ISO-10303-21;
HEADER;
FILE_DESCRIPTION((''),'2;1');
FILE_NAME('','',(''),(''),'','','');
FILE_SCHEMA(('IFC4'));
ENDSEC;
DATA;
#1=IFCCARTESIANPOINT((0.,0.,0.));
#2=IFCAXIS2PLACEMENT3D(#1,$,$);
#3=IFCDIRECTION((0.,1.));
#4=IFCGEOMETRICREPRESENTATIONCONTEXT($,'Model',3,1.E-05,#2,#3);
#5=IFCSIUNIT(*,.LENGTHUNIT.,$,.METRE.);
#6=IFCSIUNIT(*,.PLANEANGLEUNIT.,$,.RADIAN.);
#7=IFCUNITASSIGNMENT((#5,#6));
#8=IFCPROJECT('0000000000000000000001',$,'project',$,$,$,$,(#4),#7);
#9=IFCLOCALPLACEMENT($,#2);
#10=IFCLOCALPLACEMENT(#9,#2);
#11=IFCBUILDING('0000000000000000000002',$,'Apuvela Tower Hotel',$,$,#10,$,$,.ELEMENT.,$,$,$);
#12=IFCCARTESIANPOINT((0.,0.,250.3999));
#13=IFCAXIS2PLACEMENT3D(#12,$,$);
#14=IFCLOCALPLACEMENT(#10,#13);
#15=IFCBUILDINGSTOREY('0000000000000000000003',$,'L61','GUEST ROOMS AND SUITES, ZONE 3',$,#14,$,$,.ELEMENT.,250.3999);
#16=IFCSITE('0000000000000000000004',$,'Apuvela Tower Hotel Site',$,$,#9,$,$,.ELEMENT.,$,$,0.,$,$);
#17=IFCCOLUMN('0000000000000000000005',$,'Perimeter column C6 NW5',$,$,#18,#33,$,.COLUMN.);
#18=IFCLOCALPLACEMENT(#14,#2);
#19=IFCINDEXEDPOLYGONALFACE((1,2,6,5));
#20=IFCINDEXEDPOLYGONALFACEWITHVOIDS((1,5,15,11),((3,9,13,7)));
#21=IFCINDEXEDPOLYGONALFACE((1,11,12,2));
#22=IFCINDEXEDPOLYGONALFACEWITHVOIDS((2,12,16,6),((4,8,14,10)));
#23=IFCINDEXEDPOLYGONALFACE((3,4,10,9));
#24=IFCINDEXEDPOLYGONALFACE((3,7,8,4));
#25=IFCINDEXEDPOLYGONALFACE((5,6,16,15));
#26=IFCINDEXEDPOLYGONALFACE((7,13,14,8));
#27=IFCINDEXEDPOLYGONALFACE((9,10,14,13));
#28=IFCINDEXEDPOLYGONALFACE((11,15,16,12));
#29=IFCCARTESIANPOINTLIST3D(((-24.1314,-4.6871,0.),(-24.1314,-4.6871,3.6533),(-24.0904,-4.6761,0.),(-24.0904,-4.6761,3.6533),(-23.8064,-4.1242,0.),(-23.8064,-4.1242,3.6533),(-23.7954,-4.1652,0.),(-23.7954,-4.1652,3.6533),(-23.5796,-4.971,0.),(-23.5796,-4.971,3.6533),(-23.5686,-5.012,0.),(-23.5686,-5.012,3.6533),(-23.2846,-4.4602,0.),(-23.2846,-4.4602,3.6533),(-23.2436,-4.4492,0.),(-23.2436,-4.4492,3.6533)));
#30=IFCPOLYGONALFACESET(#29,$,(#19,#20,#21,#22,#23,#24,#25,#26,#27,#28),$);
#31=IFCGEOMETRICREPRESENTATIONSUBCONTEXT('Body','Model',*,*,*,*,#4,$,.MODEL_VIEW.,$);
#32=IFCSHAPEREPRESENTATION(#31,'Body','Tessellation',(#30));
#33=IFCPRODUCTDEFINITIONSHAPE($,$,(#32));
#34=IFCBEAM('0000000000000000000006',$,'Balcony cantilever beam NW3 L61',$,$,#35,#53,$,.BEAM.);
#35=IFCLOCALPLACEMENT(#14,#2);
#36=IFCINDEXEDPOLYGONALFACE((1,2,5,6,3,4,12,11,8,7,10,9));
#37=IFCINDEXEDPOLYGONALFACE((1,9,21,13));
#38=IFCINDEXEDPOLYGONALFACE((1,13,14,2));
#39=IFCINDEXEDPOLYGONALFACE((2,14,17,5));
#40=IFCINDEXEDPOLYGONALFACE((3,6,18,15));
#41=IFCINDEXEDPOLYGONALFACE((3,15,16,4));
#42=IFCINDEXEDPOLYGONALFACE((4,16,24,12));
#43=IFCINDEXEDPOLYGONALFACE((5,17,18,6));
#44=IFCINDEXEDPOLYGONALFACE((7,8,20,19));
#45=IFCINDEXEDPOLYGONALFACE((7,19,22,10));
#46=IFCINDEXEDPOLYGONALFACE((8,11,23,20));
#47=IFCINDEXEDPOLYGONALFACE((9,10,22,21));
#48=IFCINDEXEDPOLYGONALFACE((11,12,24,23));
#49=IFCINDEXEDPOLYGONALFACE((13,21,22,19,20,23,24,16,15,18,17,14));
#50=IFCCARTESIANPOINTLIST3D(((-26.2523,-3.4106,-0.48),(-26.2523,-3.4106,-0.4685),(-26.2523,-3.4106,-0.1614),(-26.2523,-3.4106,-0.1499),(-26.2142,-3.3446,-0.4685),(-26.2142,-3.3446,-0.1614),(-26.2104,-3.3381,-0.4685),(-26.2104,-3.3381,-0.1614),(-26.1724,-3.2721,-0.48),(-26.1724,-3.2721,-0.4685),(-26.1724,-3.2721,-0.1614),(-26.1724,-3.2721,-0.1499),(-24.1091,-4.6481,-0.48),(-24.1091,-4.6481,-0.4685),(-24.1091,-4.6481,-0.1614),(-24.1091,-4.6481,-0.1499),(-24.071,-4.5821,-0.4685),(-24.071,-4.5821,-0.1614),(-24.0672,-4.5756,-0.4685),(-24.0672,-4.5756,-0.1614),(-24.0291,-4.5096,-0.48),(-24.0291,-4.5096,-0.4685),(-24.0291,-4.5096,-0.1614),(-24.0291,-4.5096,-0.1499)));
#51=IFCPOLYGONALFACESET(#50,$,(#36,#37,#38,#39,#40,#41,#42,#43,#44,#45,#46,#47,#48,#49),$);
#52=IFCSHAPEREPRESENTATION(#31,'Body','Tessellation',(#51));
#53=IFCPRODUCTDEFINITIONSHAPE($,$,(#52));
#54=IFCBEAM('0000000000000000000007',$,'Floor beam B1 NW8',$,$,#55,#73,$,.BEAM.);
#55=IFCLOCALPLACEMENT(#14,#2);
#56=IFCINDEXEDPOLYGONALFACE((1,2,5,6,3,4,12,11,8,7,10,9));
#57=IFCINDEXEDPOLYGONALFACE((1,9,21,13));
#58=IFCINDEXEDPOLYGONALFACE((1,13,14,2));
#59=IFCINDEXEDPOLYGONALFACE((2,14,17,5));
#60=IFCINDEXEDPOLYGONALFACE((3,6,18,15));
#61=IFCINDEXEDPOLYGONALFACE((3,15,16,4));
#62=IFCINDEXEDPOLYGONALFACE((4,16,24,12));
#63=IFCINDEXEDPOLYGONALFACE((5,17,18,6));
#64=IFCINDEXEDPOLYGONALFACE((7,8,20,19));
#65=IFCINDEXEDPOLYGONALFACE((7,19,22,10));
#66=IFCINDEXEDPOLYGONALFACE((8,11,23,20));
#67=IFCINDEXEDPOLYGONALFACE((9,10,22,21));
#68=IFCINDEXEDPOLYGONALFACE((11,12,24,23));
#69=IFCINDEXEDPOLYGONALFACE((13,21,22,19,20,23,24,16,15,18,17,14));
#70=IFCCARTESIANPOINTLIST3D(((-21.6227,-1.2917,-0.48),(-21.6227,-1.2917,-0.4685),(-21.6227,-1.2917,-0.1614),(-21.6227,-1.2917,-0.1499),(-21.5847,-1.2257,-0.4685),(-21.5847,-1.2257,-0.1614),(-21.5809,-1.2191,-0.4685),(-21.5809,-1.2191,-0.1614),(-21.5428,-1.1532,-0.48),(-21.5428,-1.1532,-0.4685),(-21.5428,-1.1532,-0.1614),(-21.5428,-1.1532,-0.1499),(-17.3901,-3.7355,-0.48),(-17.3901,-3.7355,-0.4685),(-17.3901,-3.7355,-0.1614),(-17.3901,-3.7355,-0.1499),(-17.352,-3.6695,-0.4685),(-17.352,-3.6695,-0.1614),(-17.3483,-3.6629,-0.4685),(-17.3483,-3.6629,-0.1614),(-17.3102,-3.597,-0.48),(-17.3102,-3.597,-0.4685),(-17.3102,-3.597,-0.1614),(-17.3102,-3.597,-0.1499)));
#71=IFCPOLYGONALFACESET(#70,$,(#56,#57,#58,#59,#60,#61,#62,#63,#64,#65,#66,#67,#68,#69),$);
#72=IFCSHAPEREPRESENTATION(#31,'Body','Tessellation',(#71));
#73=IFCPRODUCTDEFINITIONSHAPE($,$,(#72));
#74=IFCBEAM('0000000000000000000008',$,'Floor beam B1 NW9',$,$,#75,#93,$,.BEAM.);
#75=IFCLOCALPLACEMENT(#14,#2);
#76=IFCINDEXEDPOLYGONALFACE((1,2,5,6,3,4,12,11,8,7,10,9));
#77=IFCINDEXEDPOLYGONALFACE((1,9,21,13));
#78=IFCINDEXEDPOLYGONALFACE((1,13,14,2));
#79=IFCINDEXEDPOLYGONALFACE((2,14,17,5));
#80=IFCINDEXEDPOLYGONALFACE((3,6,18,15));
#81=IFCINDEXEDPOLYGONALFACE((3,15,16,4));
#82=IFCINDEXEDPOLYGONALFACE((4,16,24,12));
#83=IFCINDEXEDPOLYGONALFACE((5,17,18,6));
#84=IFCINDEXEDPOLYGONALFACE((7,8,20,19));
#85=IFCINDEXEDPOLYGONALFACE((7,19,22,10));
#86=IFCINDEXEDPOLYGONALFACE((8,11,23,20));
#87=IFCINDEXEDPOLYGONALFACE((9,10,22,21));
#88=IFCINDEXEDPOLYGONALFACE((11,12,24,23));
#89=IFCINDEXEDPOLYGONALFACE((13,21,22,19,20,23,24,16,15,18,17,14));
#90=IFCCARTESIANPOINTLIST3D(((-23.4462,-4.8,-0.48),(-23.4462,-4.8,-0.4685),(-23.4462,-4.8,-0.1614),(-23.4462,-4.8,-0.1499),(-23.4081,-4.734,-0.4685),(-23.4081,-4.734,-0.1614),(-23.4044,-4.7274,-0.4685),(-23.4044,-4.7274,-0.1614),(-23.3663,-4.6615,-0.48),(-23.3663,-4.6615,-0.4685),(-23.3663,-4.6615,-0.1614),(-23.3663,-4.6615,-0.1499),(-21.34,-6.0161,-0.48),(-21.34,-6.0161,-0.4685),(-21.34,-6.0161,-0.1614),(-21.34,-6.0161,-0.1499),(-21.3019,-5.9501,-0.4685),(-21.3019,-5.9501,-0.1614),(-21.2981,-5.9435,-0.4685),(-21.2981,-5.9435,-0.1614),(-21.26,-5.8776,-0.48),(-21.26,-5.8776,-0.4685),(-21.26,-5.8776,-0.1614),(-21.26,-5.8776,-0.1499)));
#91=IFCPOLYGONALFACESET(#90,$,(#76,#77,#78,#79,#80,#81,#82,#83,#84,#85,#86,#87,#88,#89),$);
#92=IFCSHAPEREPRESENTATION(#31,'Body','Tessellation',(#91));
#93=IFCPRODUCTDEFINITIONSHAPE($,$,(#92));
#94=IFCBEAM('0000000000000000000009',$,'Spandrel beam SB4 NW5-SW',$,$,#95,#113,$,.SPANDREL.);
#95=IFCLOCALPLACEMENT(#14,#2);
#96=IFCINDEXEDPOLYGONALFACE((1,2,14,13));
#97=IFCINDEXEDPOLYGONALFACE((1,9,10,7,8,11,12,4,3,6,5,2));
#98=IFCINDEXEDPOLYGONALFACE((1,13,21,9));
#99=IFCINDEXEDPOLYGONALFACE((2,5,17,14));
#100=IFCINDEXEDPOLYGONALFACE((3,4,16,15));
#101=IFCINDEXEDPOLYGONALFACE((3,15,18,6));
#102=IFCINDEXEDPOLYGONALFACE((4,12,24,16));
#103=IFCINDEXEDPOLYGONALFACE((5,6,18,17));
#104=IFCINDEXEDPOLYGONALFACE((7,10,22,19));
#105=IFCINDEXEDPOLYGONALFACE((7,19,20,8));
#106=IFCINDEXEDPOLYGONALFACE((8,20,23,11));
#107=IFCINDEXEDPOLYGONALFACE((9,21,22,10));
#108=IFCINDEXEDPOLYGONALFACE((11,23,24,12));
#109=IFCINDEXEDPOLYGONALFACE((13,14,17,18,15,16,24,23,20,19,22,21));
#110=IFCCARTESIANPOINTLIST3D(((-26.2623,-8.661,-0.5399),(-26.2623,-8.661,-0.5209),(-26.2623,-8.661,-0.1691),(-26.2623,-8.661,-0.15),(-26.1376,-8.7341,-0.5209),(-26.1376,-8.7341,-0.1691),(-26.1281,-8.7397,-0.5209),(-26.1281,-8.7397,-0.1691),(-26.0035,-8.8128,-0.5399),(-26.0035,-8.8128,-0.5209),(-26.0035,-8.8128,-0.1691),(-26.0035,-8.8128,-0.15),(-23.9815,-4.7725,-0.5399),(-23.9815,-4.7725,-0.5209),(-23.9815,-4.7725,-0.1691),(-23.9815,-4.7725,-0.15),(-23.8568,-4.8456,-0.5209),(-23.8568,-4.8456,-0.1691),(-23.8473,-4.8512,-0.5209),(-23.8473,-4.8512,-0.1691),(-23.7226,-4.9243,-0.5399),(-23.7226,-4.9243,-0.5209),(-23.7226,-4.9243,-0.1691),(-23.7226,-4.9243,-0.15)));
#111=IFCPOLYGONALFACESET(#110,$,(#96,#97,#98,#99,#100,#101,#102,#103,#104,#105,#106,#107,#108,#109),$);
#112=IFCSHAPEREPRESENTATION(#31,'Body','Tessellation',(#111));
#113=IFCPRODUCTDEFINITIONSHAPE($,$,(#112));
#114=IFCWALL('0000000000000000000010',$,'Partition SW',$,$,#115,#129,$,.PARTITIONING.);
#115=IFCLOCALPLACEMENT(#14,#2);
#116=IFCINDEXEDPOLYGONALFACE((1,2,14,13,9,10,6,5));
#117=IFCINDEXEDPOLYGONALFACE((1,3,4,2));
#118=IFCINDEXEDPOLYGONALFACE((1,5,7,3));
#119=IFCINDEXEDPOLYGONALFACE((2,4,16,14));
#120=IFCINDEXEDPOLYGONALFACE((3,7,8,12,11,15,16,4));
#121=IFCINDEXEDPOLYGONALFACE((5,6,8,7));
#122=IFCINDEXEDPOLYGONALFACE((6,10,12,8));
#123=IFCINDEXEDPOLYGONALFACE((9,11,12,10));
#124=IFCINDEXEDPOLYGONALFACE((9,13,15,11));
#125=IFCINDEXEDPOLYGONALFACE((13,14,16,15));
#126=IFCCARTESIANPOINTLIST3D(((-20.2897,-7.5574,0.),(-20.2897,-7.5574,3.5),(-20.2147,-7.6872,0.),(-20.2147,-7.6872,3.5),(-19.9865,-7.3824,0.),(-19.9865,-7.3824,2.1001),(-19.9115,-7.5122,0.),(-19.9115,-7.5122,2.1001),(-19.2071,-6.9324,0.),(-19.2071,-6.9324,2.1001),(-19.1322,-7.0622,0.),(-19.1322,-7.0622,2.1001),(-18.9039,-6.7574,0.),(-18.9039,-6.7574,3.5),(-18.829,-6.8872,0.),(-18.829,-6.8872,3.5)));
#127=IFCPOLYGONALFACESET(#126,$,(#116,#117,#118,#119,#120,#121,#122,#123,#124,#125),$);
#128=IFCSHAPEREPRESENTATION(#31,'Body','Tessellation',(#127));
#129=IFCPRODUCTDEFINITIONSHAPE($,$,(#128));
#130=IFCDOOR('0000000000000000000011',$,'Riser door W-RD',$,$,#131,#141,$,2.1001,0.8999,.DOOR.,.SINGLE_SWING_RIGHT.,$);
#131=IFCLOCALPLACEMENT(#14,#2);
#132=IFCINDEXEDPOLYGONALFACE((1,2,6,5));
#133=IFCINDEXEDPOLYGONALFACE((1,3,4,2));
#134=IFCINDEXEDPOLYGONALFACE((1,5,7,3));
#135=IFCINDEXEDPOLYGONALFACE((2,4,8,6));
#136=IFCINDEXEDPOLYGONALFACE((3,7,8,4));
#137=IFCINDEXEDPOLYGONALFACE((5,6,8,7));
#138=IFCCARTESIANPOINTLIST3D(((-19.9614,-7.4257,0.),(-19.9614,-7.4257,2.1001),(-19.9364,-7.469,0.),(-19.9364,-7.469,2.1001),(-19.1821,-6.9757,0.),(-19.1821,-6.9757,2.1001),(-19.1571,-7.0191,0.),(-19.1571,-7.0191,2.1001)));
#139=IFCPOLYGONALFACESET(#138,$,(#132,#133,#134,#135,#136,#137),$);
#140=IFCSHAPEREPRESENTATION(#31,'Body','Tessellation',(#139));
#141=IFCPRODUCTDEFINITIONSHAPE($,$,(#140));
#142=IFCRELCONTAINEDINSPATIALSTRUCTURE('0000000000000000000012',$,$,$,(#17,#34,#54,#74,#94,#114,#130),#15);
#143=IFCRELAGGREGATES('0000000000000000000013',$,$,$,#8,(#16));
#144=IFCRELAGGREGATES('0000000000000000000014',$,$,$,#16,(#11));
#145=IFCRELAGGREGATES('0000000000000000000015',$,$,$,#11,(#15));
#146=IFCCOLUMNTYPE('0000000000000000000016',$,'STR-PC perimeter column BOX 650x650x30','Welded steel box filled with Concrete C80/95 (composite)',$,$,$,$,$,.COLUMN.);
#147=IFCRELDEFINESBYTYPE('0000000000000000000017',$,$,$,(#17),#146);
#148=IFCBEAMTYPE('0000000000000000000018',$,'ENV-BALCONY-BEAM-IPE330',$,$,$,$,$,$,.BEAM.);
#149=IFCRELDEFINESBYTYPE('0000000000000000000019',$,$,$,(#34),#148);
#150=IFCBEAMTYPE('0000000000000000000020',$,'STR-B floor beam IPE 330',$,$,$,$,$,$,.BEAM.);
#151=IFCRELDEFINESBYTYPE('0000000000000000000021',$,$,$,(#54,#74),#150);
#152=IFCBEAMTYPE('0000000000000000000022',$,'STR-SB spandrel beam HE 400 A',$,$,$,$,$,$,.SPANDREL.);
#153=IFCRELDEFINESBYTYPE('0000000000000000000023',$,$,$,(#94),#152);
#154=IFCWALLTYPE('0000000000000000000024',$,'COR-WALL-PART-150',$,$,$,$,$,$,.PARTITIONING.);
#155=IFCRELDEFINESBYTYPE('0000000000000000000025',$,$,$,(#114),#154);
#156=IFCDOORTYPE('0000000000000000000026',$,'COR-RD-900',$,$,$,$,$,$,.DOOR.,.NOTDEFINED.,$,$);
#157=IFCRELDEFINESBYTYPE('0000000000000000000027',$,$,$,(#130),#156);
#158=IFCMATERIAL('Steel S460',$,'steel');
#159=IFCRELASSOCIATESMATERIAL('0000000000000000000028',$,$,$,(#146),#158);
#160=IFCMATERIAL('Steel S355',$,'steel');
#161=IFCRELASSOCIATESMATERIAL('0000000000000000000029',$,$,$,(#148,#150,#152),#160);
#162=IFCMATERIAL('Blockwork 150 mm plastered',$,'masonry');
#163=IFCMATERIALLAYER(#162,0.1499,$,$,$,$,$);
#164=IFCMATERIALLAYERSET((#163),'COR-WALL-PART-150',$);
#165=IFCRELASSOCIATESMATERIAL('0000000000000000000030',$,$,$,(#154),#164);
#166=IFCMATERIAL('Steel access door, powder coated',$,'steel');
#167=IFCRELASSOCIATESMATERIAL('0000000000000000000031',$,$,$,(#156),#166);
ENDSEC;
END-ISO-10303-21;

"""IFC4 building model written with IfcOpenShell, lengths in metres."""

from ifc_helpers import new_model, si_unit, direction, frame, frame_2d, origin, origin_2d, place, context, subcontext, project, spatial, rectangle, hollow_rectangle, i_section, extrude, boolean, halfspace, material, layer, layer_set, material_profile, profile_set, type_object, element, fill, save


model = new_model("IFC4")

# Units and contexts
model_context = context("Model", 3, precision=1e-05, world=origin(), true_north=direction((0.0, 1.0)))
body_context = subcontext(model_context, "Body", "Model", "MODEL_VIEW")
ifc_project = project(units=[si_unit("LENGTHUNIT", "METRE"), si_unit("PLANEANGLEUNIT", "RADIAN")], contexts=[model_context])

# Site, building, storey
site_placement = place(None, origin())
site = spatial("IfcSite", under=ifc_project, at=site_placement, Name="Apuvela Tower Hotel Site", CompositionType="ELEMENT", RefElevation=0.0)
building_placement = place(site_placement, origin())
building = spatial("IfcBuilding", under=site, at=building_placement, Name="Apuvela Tower Hotel", CompositionType="ELEMENT")
storey_placement = place(building_placement, frame((0.0, 0.0, 250.3999)))
storey = spatial("IfcBuildingStorey", under=building, at=storey_placement, Name="L61", Description="GUEST ROOMS AND SUITES, ZONE 3", CompositionType="ELEMENT", Elevation=250.3999)

# Column
ifc_material_1 = material(Name="Steel S460", Category="steel")
ifc_material_profile_1 = material_profile(ifc_material_1, hollow_rectangle(XDim=0.6499, YDim=0.6499, WallThickness=0.03, at=origin_2d()), Name="BOX 650x650x30")
ifc_material_2 = material(Name="Concrete C80/95", Category="concrete")
ifc_material_profile_2 = material_profile(ifc_material_2, rectangle(XDim=0.5901, YDim=0.5901, at=origin_2d()), Name="Concrete C80/95 infill")
ifc_profile_set_1 = profile_set([ifc_material_profile_1, ifc_material_profile_2], Name="Steel S460")
column_type = type_object("IfcColumnType", Name="STR-PC perimeter column BOX 650x650x30", Description="Welded steel box filled with Concrete C80/95 (composite)", PredefinedType="COLUMN", material=ifc_profile_set_1)
column_placement = place(storey_placement, frame((-23.6875, -4.5681, 0.0), z_axis=(0.0, 0.0, 1.0), x_axis=(0.5, 0.866025, 0.0)))
element("IfcColumn", 1, at=column_placement, inside=storey, type_object=column_type, Name="Perimeter column C6 NW5", PredefinedType="COLUMN", context=body_context, shape_type="SweptSolid", body=[
    boolean("DIFFERENCE", extrude(hollow_rectangle(XDim=0.6499, YDim=0.6499, WallThickness=0.03, at=origin_2d()), origin(), (0.0, 0.0, 1.0), 3.7002), halfspace(frame((0.0, 0.0, 3.6533), z_axis=(0.0, 0.0, 1.0), x_axis=(1.0, 0.0, 0.0)), False)),
])

# Beams
ifc_material_3 = material(Name="Steel S355", Category="steel")
ifc_material_profile_3 = material_profile(ifc_material_3, i_section(OverallWidth=0.1599, OverallDepth=0.3301, WebThickness=0.0076, FlangeThickness=0.0115, at=origin_2d()), Name="IPE 330")
ifc_profile_set_2 = profile_set([ifc_material_profile_3], Name="Steel S355")
beam_type_1 = type_object("IfcBeamType", Name="ENV-BALCONY-BEAM-IPE330", PredefinedType="BEAM", material=ifc_profile_set_2)
beam_1_placement = place(storey_placement, frame((-24.0691, -4.5789, -0.3149), z_axis=(-0.866007, 0.500033, 0.0), x_axis=(-0.500033, -0.866007, 0.0)))
element("IfcBeam", 2, at=beam_1_placement, inside=storey, type_object=beam_type_1, Name="Balcony cantilever beam NW3 L61", PredefinedType="BEAM", context=body_context, shape_type="SweptSolid", body=[
    extrude(i_section(OverallWidth=0.1599, OverallDepth=0.3301, WebThickness=0.0076, FlangeThickness=0.0115, at=origin_2d()), origin(), (0.0, 0.0, 1.0), 2.4749),
])
ifc_material_profile_4 = material_profile(ifc_material_3, i_section(OverallWidth=0.1599, OverallDepth=0.3301, WebThickness=0.0076, FlangeThickness=0.0115, at=origin_2d()), Name="IPE 330")
ifc_profile_set_3 = profile_set([ifc_material_profile_4], Name="Steel S355")
beam_type_2 = type_object("IfcBeamType", Name="STR-B floor beam IPE 330", PredefinedType="BEAM", material=ifc_profile_set_3)
beam_2_placement = place(storey_placement, frame((-21.5828, -1.2224, -0.3149), z_axis=(0.866015, -0.500018, 0.0), x_axis=(0.500018, 0.866015, 0.0)))
element("IfcBeam", 3, at=beam_2_placement, inside=storey, type_object=beam_type_2, Name="Floor beam B1 NW8", PredefinedType="BEAM", context=body_context, shape_type="SweptSolid", body=[
    extrude(i_section(OverallWidth=0.1599, OverallDepth=0.3301, WebThickness=0.0076, FlangeThickness=0.0115, at=origin_2d()), origin(), (0.0, 0.0, 1.0), 4.8875),
])
beam_3_placement = place(storey_placement, frame((-23.4062, -4.7307, -0.3149), z_axis=(0.866017, -0.500015, 0.0), x_axis=(0.500015, 0.866017, 0.0)))
element("IfcBeam", 4, at=beam_3_placement, inside=storey, type_object=beam_type_2, Name="Floor beam B1 NW9", PredefinedType="BEAM", context=body_context, shape_type="SweptSolid", body=[
    extrude(i_section(OverallWidth=0.1599, OverallDepth=0.3301, WebThickness=0.0076, FlangeThickness=0.0115, at=origin_2d()), origin(), (0.0, 0.0, 1.0), 2.4321),
])
ifc_material_profile_5 = material_profile(ifc_material_3, i_section(OverallWidth=0.3, OverallDepth=0.3899, WebThickness=0.011, FlangeThickness=0.019, at=origin_2d()), Name="HE 400 A")
ifc_profile_set_4 = profile_set([ifc_material_profile_5], Name="Steel S355")
beam_type_3 = type_object("IfcBeamType", Name="STR-SB spandrel beam HE 400 A", PredefinedType="SPANDREL", material=ifc_profile_set_4)
beam_4_placement = place(storey_placement, frame((-23.8521, -4.8484, -0.345), z_axis=(-0.50594, -0.862568, 0.0), x_axis=(0.862568, -0.50594, 0.0)))
element("IfcBeam", 5, at=beam_4_placement, inside=storey, type_object=beam_type_3, Name="Spandrel beam SB4 NW5-SW", PredefinedType="SPANDREL", context=body_context, shape_type="SweptSolid", body=[
    extrude(i_section(OverallWidth=0.3, OverallDepth=0.3899, WebThickness=0.011, FlangeThickness=0.019, at=origin_2d()), origin(), (0.0, 0.0, 1.0), 4.5081),
])

# Wall, opening, door
ifc_material_4 = material(Name="Blockwork 150 mm plastered", Category="masonry")
ifc_layer_1 = layer(ifc_material_4, 0.1499)
ifc_layer_set_1 = layer_set([ifc_layer_1], Name="COR-WALL-PART-150")
wall_type_1 = type_object("IfcWallType", Name="COR-WALL-PART-150", PredefinedType="PARTITIONING", material=ifc_layer_set_1)
wall_1_placement = place(storey_placement, frame((-18.8665, -6.8223, 0.0), z_axis=(0.0, 0.0, 1.0), x_axis=(-0.866028, -0.499995, 0.0)))
wall_1 = element("IfcWall", 6, at=wall_1_placement, inside=storey, type_object=wall_type_1, Name="Partition SW", PredefinedType="PARTITIONING", context=body_context, shape_type="SweptSolid", body=[
    extrude(rectangle(XDim=1.6001, YDim=0.1499, at=frame_2d((0.8, 0.0))), origin(), (0.0, 0.0, 1.0), 3.5),
])
opening_1_placement = place(wall_1_placement, frame((0.3501, 0.0, 0.0)))
opening_1 = element("IfcOpeningElement", 7, at=opening_1_placement, cuts=wall_1, PredefinedType="OPENING", context=body_context, shape_type="SweptSolid", body=[
    extrude(rectangle(XDim=0.8999, YDim=2.1001, at=frame_2d((0.45, 1.05))), frame((0.0, 0.085, 0.0), z_axis=(0.0, -1.0, 0.0), x_axis=(1.0, 0.0, 0.0)), (0.0, 0.0, 1.0), 0.1699),
])
ifc_material_5 = material(Name="Steel access door, powder coated", Category="steel")
door_type_1 = type_object("IfcDoorType", Name="COR-RD-900", OperationType="NOTDEFINED", PredefinedType="DOOR", material=ifc_material_5)
door_1_placement = place(opening_1_placement, frame((0.8999, 0.0, 0.0), z_axis=(0.0, 0.0, 1.0), x_axis=(-1.0, 0.0, 0.0)))
door_1 = element("IfcDoor", 8, at=door_1_placement, inside=storey, type_object=door_type_1, Name="Riser door W-RD", OperationType="SINGLE_SWING_RIGHT", OverallHeight=2.1001, OverallWidth=0.8999, PredefinedType="DOOR", context=body_context, shape_type="SweptSolid", body=[
    extrude(rectangle(XDim=0.8999, YDim=2.1001, at=frame_2d((0.45, 1.05))), frame((0.0, 0.0249, 0.0), z_axis=(0.0, -1.0, 0.0), x_axis=(1.0, 0.0, 0.0)), (0.0, 0.0, 1.0), 0.05),
])
fill(opening_1, door_1)

save(model, "model.ifc")
